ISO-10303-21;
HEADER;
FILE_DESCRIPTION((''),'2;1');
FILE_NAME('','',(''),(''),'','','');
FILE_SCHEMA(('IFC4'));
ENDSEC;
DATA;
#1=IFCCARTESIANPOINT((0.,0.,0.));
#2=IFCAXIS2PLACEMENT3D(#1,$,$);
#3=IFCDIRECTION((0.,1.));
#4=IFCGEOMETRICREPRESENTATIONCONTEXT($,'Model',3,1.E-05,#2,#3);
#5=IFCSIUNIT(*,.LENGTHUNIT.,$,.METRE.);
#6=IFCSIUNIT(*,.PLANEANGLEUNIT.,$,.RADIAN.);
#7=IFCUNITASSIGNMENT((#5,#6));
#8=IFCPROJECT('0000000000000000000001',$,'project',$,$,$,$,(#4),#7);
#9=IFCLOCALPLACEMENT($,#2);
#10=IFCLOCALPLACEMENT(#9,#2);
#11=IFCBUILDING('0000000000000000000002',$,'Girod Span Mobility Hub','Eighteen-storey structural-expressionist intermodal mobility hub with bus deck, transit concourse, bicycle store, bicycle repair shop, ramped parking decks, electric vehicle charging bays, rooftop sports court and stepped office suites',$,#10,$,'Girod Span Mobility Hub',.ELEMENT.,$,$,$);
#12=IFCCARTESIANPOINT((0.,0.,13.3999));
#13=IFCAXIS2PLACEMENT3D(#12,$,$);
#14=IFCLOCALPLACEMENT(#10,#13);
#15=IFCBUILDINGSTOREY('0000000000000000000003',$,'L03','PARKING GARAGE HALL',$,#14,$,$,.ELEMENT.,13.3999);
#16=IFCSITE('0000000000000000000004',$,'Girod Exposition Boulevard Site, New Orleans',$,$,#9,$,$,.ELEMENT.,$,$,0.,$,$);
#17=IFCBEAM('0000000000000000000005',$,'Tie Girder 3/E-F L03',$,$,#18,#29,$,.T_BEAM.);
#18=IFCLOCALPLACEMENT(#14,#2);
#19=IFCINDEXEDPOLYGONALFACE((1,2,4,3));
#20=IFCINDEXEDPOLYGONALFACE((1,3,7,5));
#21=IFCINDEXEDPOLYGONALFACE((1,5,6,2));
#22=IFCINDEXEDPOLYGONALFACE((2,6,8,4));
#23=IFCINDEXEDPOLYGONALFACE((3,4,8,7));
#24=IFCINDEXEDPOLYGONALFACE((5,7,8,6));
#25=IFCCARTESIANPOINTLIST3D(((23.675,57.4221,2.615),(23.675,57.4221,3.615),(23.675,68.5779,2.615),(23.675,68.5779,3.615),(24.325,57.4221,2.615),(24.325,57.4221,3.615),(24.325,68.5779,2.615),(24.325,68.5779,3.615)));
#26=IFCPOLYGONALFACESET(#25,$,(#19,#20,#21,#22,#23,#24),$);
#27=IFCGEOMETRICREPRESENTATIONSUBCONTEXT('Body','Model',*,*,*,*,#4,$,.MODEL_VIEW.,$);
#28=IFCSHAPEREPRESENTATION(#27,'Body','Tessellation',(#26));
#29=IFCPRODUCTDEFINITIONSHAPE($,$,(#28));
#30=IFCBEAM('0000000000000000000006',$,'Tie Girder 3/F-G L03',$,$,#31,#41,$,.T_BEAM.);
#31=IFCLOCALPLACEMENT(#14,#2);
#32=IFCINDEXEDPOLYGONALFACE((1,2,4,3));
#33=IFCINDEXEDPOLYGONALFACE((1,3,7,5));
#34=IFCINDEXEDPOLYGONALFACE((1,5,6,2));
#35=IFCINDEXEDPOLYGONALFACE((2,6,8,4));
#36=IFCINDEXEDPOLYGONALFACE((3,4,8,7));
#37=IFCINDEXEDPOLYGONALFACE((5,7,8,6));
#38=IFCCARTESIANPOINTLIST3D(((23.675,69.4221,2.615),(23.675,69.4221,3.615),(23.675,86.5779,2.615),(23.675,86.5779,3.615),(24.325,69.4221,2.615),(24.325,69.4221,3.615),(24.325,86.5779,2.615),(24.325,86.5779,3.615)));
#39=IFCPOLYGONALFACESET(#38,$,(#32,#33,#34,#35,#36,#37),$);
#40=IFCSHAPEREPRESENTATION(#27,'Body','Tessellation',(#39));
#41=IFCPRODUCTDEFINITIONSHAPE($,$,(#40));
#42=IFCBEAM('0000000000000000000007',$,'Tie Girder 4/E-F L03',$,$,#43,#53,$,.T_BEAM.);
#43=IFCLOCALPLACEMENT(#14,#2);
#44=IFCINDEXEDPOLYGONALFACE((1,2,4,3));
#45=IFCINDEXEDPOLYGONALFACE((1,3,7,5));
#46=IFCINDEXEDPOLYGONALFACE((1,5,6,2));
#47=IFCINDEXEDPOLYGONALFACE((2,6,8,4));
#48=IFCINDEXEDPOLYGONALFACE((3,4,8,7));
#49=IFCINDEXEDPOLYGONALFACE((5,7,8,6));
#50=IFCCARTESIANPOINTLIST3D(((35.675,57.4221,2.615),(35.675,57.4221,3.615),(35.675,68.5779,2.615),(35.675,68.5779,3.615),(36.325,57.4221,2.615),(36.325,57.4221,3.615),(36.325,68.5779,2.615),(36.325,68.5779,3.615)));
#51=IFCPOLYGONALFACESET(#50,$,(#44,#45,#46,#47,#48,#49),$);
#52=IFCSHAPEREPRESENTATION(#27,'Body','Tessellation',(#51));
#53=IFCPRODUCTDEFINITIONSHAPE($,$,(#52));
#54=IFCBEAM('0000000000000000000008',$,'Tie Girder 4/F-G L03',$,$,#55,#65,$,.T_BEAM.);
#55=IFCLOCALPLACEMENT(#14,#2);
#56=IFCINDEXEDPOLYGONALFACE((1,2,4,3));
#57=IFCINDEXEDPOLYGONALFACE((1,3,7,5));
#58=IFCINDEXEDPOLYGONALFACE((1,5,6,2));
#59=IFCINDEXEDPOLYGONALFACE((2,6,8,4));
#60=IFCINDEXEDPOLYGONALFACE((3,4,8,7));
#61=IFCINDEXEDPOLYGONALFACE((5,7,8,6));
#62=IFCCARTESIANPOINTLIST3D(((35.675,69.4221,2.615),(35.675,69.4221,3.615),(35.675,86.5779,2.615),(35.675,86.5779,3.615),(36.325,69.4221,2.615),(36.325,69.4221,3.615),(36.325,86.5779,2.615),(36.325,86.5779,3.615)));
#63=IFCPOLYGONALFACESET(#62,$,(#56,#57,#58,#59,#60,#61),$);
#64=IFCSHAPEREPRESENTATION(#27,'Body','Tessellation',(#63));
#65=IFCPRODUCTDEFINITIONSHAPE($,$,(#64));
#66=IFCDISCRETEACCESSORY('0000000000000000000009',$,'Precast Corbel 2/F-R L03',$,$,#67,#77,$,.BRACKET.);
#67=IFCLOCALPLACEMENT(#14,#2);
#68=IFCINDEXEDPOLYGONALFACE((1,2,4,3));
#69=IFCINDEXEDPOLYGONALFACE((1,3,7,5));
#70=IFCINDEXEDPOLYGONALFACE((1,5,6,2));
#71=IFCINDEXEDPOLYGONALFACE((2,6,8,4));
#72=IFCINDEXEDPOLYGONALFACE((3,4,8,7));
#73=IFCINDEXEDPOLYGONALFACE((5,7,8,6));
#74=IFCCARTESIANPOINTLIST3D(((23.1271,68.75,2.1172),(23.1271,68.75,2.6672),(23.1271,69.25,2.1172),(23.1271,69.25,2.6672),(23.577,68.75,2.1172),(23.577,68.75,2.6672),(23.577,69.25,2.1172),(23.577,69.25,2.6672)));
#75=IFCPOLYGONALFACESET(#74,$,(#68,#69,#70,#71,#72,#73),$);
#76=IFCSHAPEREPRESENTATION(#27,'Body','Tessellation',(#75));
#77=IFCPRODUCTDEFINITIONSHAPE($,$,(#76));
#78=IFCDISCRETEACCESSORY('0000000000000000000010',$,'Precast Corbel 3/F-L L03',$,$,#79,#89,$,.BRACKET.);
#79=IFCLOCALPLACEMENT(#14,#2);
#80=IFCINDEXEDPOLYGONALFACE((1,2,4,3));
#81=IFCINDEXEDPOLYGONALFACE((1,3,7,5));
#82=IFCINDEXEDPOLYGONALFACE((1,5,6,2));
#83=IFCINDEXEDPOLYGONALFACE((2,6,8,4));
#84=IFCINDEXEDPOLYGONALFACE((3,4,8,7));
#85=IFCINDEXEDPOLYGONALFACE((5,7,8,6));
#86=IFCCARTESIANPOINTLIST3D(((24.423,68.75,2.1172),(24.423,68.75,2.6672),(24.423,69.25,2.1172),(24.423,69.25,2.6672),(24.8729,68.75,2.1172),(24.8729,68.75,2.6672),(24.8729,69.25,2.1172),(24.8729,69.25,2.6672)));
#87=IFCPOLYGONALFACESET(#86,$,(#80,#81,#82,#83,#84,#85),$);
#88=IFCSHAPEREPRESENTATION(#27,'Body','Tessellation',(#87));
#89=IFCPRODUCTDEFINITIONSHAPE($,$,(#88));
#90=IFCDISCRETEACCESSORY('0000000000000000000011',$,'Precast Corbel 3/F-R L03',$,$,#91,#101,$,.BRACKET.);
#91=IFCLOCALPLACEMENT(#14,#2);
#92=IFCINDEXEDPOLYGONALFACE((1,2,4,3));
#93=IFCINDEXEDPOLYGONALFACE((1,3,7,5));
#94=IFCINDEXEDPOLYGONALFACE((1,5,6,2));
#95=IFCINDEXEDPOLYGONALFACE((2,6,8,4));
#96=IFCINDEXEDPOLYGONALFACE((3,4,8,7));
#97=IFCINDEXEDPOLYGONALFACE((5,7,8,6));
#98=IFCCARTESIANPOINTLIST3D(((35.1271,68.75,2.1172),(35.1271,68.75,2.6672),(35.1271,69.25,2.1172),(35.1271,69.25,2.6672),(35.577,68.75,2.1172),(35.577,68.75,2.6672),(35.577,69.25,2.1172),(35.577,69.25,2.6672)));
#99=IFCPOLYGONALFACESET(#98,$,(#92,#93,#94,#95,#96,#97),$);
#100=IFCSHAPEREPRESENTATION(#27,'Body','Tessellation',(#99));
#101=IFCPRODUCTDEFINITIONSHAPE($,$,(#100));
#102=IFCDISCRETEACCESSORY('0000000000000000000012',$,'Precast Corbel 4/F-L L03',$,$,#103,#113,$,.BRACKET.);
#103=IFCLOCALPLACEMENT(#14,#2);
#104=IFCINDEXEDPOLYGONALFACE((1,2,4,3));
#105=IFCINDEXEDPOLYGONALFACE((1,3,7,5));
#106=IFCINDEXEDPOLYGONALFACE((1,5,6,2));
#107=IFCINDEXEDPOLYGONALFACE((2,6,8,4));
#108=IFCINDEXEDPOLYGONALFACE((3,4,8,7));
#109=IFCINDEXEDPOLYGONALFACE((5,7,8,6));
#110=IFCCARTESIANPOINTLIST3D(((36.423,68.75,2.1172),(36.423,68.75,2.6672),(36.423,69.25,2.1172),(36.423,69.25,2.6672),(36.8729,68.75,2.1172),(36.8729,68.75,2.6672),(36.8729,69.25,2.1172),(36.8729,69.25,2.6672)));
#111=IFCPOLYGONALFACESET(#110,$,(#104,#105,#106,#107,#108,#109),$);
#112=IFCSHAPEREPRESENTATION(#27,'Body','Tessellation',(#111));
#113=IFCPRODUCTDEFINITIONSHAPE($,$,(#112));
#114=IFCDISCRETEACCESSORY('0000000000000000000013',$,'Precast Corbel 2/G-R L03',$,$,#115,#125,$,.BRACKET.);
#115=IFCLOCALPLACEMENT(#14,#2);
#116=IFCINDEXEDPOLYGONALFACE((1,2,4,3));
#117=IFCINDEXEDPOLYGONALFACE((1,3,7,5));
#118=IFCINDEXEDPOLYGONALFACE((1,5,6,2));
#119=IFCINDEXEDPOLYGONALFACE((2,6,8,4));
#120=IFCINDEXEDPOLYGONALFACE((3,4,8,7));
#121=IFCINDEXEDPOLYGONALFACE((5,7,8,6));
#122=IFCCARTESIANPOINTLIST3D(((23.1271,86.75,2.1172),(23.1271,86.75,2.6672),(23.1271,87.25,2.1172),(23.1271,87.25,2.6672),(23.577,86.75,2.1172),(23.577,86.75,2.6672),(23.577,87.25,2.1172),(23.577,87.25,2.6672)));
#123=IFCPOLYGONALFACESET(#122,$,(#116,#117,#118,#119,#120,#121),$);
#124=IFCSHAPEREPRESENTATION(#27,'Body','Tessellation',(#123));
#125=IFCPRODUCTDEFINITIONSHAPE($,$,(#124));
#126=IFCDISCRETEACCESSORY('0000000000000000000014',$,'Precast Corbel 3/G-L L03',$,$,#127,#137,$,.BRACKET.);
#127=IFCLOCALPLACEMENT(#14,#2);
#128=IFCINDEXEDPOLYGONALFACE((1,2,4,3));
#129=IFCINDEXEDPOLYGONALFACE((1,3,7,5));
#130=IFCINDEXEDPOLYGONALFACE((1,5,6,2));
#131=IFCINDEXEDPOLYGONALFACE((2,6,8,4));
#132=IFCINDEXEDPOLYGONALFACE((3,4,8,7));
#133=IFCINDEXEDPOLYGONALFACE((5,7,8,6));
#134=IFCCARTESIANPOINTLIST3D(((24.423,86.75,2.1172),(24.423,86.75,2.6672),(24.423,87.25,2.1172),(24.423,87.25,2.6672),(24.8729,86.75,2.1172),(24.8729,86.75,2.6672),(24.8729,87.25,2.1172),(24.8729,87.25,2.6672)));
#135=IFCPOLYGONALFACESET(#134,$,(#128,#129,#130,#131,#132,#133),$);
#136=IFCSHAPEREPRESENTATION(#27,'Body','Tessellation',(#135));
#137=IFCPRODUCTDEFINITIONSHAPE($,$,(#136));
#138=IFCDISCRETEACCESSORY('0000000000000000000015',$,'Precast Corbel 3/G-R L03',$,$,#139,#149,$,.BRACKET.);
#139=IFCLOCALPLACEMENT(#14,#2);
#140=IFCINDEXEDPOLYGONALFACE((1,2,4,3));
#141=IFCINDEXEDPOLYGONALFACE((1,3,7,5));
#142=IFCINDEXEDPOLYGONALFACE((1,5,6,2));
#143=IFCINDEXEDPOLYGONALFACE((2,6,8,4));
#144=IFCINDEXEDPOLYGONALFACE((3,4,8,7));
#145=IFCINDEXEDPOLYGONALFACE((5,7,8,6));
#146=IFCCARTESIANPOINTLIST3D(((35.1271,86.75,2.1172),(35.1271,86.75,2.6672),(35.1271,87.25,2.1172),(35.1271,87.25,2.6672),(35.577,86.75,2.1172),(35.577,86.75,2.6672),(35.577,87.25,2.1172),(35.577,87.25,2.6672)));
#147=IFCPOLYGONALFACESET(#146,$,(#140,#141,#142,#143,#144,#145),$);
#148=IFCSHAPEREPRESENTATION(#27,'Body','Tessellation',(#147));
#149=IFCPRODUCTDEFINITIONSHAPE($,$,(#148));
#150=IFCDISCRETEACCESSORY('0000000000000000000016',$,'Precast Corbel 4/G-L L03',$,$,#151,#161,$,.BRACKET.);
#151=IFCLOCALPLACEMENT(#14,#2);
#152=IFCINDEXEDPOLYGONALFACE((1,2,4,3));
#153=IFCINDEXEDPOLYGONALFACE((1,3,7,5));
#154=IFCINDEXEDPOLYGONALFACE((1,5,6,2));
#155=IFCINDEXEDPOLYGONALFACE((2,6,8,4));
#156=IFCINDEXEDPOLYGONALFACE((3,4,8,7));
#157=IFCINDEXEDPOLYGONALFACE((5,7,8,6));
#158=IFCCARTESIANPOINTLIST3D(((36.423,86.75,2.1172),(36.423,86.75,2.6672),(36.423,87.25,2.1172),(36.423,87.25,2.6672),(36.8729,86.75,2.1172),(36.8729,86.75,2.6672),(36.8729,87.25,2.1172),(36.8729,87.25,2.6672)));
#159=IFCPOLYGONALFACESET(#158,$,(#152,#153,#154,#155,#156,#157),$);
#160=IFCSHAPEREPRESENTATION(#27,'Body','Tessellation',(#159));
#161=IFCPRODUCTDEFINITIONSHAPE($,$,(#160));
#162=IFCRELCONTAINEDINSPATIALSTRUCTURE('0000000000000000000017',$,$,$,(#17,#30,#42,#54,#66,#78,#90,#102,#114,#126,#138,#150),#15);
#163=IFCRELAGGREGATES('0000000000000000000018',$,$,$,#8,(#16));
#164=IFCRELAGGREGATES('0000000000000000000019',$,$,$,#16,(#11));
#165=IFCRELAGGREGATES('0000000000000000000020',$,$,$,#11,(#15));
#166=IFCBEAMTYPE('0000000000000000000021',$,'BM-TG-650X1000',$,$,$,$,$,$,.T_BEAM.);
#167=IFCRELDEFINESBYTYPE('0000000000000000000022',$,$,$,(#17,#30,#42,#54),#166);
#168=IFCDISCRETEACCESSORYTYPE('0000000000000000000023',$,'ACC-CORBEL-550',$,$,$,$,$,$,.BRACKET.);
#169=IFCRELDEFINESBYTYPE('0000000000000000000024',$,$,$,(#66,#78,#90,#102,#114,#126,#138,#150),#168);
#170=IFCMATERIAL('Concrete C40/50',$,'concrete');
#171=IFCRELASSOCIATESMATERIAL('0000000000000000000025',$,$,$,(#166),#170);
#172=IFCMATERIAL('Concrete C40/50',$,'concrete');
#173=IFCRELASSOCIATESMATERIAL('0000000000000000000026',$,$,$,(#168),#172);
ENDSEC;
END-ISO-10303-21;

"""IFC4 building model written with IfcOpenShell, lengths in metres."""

from ifc_helpers import new_model, si_unit, direction, frame, origin, origin_2d, place, context, subcontext, project, spatial, rectangle, extrude, material, material_profile, profile_set, type_object, element, save


model = new_model("IFC4")

# Units and contexts
model_context = context("Model", 3, precision=1e-05, world=origin(), true_north=direction((0.0, 1.0)))
body_context = subcontext(model_context, "Body", "Model", "MODEL_VIEW")
ifc_project = project(units=[si_unit("LENGTHUNIT", "METRE"), si_unit("PLANEANGLEUNIT", "RADIAN")], contexts=[model_context])

# Site, building, storey
site_placement = place(None, origin())
site = spatial("IfcSite", under=ifc_project, at=site_placement, Name="Girod Exposition Boulevard Site, New Orleans", CompositionType="ELEMENT", RefElevation=0.0)
building_placement = place(site_placement, origin())
building = spatial("IfcBuilding", under=site, at=building_placement, Name="Girod Span Mobility Hub", Description="Eighteen-storey structural-expressionist intermodal mobility hub with bus deck, transit concourse, bicycle store, bicycle repair shop, ramped parking decks, electric vehicle charging bays, rooftop sports court and stepped office suites", LongName="Girod Span Mobility Hub", CompositionType="ELEMENT")
storey_placement = place(building_placement, frame((0.0, 0.0, 13.3999)))
storey = spatial("IfcBuildingStorey", under=building, at=storey_placement, Name="L03", Description="PARKING GARAGE HALL", CompositionType="ELEMENT", Elevation=13.3999)

# Beams
ifc_material_1 = material(Name="Concrete C40/50", Category="concrete")
ifc_material_profile_1 = material_profile(ifc_material_1, rectangle(XDim=0.6499, YDim=1.0, at=origin_2d()), Name="TG-650X1000")
ifc_profile_set_1 = profile_set([ifc_material_profile_1], Name="Concrete C40/50")
beam_type_1 = type_object("IfcBeamType", Name="BM-TG-650X1000", PredefinedType="T_BEAM", material=ifc_profile_set_1)
beam_1_placement = place(storey_placement, frame((24.0, 57.4221, 3.115), z_axis=(0.0, 1.0, 0.0), x_axis=(-1.0, 0.0, 0.0)))
element("IfcBeam", 1, at=beam_1_placement, inside=storey, type_object=beam_type_1, Name="Tie Girder 3/E-F L03", PredefinedType="T_BEAM", context=body_context, shape_type="SweptSolid", body=[
    extrude(rectangle(XDim=0.6499, YDim=1.0, at=origin_2d()), origin(), (0.0, 0.0, 1.0), 11.1558),
])
beam_2_placement = place(storey_placement, frame((24.0, 69.4221, 3.115), z_axis=(0.0, 1.0, 0.0), x_axis=(-1.0, 0.0, 0.0)))
element("IfcBeam", 2, at=beam_2_placement, inside=storey, type_object=beam_type_1, Name="Tie Girder 3/F-G L03", PredefinedType="T_BEAM", context=body_context, shape_type="SweptSolid", body=[
    extrude(rectangle(XDim=0.6499, YDim=1.0, at=origin_2d()), origin(), (0.0, 0.0, 1.0), 17.1558),
])
beam_3_placement = place(storey_placement, frame((36.0, 57.4221, 3.115), z_axis=(0.0, 1.0, 0.0), x_axis=(-1.0, 0.0, 0.0)))
element("IfcBeam", 3, at=beam_3_placement, inside=storey, type_object=beam_type_1, Name="Tie Girder 4/E-F L03", PredefinedType="T_BEAM", context=body_context, shape_type="SweptSolid", body=[
    extrude(rectangle(XDim=0.6499, YDim=1.0, at=origin_2d()), origin(), (0.0, 0.0, 1.0), 11.1558),
])
beam_4_placement = place(storey_placement, frame((36.0, 69.4221, 3.115), z_axis=(0.0, 1.0, 0.0), x_axis=(-1.0, 0.0, 0.0)))
element("IfcBeam", 4, at=beam_4_placement, inside=storey, type_object=beam_type_1, Name="Tie Girder 4/F-G L03", PredefinedType="T_BEAM", context=body_context, shape_type="SweptSolid", body=[
    extrude(rectangle(XDim=0.6499, YDim=1.0, at=origin_2d()), origin(), (0.0, 0.0, 1.0), 17.1558),
])

# Discrete accessories
ifc_material_2 = material(Name="Concrete C40/50", Category="concrete")
discrete_accessory_type = type_object("IfcDiscreteAccessoryType", Name="ACC-CORBEL-550", PredefinedType="BRACKET", material=ifc_material_2)
for number, where, z_axis, x_axis, name in (
    (5, (23.3521, 69.0, 2.1172), (0.0, 0.0, 1.0), (1.0, 0.0, 0.0), "Precast Corbel 2/F-R L03"),
    (6, (24.6479, 69.0, 2.1172), (0.0, 0.0, 1.0), (1.0, 0.0, 0.0), "Precast Corbel 3/F-L L03"),
    (7, (35.3521, 69.0, 2.1172), (0.0, 0.0, 1.0), (1.0, 0.0, 0.0), "Precast Corbel 3/F-R L03"),
    (8, (36.6479, 69.0, 2.1172), (0.0, 0.0, 1.0), (1.0, 0.0, 0.0), "Precast Corbel 4/F-L L03"),
    (9, (23.3521, 87.0, 2.1172), (0.0, 0.0, 1.0), (1.0, 0.0, 0.0), "Precast Corbel 2/G-R L03"),
    (10, (24.6479, 87.0, 2.1172), (0.0, 0.0, 1.0), (1.0, 0.0, 0.0), "Precast Corbel 3/G-L L03"),
    (11, (35.3521, 87.0, 2.1172), (0.0, 0.0, 1.0), (1.0, 0.0, 0.0), "Precast Corbel 3/G-R L03"),
    (12, (36.6479, 87.0, 2.1172), (0.0, 0.0, 1.0), (1.0, 0.0, 0.0), "Precast Corbel 4/G-L L03"),
):
    element("IfcDiscreteAccessory", number, at=place(storey_placement, frame(where, z_axis=z_axis, x_axis=x_axis)), inside=storey, type_object=discrete_accessory_type, Name=name, PredefinedType="BRACKET", context=body_context, shape_type="SweptSolid", body=[
        extrude(rectangle(XDim=0.45, YDim=0.5, at=origin_2d()), origin(), (0.0, 0.0, 1.0), 0.55),
    ])

save(model, "model.ifc")
